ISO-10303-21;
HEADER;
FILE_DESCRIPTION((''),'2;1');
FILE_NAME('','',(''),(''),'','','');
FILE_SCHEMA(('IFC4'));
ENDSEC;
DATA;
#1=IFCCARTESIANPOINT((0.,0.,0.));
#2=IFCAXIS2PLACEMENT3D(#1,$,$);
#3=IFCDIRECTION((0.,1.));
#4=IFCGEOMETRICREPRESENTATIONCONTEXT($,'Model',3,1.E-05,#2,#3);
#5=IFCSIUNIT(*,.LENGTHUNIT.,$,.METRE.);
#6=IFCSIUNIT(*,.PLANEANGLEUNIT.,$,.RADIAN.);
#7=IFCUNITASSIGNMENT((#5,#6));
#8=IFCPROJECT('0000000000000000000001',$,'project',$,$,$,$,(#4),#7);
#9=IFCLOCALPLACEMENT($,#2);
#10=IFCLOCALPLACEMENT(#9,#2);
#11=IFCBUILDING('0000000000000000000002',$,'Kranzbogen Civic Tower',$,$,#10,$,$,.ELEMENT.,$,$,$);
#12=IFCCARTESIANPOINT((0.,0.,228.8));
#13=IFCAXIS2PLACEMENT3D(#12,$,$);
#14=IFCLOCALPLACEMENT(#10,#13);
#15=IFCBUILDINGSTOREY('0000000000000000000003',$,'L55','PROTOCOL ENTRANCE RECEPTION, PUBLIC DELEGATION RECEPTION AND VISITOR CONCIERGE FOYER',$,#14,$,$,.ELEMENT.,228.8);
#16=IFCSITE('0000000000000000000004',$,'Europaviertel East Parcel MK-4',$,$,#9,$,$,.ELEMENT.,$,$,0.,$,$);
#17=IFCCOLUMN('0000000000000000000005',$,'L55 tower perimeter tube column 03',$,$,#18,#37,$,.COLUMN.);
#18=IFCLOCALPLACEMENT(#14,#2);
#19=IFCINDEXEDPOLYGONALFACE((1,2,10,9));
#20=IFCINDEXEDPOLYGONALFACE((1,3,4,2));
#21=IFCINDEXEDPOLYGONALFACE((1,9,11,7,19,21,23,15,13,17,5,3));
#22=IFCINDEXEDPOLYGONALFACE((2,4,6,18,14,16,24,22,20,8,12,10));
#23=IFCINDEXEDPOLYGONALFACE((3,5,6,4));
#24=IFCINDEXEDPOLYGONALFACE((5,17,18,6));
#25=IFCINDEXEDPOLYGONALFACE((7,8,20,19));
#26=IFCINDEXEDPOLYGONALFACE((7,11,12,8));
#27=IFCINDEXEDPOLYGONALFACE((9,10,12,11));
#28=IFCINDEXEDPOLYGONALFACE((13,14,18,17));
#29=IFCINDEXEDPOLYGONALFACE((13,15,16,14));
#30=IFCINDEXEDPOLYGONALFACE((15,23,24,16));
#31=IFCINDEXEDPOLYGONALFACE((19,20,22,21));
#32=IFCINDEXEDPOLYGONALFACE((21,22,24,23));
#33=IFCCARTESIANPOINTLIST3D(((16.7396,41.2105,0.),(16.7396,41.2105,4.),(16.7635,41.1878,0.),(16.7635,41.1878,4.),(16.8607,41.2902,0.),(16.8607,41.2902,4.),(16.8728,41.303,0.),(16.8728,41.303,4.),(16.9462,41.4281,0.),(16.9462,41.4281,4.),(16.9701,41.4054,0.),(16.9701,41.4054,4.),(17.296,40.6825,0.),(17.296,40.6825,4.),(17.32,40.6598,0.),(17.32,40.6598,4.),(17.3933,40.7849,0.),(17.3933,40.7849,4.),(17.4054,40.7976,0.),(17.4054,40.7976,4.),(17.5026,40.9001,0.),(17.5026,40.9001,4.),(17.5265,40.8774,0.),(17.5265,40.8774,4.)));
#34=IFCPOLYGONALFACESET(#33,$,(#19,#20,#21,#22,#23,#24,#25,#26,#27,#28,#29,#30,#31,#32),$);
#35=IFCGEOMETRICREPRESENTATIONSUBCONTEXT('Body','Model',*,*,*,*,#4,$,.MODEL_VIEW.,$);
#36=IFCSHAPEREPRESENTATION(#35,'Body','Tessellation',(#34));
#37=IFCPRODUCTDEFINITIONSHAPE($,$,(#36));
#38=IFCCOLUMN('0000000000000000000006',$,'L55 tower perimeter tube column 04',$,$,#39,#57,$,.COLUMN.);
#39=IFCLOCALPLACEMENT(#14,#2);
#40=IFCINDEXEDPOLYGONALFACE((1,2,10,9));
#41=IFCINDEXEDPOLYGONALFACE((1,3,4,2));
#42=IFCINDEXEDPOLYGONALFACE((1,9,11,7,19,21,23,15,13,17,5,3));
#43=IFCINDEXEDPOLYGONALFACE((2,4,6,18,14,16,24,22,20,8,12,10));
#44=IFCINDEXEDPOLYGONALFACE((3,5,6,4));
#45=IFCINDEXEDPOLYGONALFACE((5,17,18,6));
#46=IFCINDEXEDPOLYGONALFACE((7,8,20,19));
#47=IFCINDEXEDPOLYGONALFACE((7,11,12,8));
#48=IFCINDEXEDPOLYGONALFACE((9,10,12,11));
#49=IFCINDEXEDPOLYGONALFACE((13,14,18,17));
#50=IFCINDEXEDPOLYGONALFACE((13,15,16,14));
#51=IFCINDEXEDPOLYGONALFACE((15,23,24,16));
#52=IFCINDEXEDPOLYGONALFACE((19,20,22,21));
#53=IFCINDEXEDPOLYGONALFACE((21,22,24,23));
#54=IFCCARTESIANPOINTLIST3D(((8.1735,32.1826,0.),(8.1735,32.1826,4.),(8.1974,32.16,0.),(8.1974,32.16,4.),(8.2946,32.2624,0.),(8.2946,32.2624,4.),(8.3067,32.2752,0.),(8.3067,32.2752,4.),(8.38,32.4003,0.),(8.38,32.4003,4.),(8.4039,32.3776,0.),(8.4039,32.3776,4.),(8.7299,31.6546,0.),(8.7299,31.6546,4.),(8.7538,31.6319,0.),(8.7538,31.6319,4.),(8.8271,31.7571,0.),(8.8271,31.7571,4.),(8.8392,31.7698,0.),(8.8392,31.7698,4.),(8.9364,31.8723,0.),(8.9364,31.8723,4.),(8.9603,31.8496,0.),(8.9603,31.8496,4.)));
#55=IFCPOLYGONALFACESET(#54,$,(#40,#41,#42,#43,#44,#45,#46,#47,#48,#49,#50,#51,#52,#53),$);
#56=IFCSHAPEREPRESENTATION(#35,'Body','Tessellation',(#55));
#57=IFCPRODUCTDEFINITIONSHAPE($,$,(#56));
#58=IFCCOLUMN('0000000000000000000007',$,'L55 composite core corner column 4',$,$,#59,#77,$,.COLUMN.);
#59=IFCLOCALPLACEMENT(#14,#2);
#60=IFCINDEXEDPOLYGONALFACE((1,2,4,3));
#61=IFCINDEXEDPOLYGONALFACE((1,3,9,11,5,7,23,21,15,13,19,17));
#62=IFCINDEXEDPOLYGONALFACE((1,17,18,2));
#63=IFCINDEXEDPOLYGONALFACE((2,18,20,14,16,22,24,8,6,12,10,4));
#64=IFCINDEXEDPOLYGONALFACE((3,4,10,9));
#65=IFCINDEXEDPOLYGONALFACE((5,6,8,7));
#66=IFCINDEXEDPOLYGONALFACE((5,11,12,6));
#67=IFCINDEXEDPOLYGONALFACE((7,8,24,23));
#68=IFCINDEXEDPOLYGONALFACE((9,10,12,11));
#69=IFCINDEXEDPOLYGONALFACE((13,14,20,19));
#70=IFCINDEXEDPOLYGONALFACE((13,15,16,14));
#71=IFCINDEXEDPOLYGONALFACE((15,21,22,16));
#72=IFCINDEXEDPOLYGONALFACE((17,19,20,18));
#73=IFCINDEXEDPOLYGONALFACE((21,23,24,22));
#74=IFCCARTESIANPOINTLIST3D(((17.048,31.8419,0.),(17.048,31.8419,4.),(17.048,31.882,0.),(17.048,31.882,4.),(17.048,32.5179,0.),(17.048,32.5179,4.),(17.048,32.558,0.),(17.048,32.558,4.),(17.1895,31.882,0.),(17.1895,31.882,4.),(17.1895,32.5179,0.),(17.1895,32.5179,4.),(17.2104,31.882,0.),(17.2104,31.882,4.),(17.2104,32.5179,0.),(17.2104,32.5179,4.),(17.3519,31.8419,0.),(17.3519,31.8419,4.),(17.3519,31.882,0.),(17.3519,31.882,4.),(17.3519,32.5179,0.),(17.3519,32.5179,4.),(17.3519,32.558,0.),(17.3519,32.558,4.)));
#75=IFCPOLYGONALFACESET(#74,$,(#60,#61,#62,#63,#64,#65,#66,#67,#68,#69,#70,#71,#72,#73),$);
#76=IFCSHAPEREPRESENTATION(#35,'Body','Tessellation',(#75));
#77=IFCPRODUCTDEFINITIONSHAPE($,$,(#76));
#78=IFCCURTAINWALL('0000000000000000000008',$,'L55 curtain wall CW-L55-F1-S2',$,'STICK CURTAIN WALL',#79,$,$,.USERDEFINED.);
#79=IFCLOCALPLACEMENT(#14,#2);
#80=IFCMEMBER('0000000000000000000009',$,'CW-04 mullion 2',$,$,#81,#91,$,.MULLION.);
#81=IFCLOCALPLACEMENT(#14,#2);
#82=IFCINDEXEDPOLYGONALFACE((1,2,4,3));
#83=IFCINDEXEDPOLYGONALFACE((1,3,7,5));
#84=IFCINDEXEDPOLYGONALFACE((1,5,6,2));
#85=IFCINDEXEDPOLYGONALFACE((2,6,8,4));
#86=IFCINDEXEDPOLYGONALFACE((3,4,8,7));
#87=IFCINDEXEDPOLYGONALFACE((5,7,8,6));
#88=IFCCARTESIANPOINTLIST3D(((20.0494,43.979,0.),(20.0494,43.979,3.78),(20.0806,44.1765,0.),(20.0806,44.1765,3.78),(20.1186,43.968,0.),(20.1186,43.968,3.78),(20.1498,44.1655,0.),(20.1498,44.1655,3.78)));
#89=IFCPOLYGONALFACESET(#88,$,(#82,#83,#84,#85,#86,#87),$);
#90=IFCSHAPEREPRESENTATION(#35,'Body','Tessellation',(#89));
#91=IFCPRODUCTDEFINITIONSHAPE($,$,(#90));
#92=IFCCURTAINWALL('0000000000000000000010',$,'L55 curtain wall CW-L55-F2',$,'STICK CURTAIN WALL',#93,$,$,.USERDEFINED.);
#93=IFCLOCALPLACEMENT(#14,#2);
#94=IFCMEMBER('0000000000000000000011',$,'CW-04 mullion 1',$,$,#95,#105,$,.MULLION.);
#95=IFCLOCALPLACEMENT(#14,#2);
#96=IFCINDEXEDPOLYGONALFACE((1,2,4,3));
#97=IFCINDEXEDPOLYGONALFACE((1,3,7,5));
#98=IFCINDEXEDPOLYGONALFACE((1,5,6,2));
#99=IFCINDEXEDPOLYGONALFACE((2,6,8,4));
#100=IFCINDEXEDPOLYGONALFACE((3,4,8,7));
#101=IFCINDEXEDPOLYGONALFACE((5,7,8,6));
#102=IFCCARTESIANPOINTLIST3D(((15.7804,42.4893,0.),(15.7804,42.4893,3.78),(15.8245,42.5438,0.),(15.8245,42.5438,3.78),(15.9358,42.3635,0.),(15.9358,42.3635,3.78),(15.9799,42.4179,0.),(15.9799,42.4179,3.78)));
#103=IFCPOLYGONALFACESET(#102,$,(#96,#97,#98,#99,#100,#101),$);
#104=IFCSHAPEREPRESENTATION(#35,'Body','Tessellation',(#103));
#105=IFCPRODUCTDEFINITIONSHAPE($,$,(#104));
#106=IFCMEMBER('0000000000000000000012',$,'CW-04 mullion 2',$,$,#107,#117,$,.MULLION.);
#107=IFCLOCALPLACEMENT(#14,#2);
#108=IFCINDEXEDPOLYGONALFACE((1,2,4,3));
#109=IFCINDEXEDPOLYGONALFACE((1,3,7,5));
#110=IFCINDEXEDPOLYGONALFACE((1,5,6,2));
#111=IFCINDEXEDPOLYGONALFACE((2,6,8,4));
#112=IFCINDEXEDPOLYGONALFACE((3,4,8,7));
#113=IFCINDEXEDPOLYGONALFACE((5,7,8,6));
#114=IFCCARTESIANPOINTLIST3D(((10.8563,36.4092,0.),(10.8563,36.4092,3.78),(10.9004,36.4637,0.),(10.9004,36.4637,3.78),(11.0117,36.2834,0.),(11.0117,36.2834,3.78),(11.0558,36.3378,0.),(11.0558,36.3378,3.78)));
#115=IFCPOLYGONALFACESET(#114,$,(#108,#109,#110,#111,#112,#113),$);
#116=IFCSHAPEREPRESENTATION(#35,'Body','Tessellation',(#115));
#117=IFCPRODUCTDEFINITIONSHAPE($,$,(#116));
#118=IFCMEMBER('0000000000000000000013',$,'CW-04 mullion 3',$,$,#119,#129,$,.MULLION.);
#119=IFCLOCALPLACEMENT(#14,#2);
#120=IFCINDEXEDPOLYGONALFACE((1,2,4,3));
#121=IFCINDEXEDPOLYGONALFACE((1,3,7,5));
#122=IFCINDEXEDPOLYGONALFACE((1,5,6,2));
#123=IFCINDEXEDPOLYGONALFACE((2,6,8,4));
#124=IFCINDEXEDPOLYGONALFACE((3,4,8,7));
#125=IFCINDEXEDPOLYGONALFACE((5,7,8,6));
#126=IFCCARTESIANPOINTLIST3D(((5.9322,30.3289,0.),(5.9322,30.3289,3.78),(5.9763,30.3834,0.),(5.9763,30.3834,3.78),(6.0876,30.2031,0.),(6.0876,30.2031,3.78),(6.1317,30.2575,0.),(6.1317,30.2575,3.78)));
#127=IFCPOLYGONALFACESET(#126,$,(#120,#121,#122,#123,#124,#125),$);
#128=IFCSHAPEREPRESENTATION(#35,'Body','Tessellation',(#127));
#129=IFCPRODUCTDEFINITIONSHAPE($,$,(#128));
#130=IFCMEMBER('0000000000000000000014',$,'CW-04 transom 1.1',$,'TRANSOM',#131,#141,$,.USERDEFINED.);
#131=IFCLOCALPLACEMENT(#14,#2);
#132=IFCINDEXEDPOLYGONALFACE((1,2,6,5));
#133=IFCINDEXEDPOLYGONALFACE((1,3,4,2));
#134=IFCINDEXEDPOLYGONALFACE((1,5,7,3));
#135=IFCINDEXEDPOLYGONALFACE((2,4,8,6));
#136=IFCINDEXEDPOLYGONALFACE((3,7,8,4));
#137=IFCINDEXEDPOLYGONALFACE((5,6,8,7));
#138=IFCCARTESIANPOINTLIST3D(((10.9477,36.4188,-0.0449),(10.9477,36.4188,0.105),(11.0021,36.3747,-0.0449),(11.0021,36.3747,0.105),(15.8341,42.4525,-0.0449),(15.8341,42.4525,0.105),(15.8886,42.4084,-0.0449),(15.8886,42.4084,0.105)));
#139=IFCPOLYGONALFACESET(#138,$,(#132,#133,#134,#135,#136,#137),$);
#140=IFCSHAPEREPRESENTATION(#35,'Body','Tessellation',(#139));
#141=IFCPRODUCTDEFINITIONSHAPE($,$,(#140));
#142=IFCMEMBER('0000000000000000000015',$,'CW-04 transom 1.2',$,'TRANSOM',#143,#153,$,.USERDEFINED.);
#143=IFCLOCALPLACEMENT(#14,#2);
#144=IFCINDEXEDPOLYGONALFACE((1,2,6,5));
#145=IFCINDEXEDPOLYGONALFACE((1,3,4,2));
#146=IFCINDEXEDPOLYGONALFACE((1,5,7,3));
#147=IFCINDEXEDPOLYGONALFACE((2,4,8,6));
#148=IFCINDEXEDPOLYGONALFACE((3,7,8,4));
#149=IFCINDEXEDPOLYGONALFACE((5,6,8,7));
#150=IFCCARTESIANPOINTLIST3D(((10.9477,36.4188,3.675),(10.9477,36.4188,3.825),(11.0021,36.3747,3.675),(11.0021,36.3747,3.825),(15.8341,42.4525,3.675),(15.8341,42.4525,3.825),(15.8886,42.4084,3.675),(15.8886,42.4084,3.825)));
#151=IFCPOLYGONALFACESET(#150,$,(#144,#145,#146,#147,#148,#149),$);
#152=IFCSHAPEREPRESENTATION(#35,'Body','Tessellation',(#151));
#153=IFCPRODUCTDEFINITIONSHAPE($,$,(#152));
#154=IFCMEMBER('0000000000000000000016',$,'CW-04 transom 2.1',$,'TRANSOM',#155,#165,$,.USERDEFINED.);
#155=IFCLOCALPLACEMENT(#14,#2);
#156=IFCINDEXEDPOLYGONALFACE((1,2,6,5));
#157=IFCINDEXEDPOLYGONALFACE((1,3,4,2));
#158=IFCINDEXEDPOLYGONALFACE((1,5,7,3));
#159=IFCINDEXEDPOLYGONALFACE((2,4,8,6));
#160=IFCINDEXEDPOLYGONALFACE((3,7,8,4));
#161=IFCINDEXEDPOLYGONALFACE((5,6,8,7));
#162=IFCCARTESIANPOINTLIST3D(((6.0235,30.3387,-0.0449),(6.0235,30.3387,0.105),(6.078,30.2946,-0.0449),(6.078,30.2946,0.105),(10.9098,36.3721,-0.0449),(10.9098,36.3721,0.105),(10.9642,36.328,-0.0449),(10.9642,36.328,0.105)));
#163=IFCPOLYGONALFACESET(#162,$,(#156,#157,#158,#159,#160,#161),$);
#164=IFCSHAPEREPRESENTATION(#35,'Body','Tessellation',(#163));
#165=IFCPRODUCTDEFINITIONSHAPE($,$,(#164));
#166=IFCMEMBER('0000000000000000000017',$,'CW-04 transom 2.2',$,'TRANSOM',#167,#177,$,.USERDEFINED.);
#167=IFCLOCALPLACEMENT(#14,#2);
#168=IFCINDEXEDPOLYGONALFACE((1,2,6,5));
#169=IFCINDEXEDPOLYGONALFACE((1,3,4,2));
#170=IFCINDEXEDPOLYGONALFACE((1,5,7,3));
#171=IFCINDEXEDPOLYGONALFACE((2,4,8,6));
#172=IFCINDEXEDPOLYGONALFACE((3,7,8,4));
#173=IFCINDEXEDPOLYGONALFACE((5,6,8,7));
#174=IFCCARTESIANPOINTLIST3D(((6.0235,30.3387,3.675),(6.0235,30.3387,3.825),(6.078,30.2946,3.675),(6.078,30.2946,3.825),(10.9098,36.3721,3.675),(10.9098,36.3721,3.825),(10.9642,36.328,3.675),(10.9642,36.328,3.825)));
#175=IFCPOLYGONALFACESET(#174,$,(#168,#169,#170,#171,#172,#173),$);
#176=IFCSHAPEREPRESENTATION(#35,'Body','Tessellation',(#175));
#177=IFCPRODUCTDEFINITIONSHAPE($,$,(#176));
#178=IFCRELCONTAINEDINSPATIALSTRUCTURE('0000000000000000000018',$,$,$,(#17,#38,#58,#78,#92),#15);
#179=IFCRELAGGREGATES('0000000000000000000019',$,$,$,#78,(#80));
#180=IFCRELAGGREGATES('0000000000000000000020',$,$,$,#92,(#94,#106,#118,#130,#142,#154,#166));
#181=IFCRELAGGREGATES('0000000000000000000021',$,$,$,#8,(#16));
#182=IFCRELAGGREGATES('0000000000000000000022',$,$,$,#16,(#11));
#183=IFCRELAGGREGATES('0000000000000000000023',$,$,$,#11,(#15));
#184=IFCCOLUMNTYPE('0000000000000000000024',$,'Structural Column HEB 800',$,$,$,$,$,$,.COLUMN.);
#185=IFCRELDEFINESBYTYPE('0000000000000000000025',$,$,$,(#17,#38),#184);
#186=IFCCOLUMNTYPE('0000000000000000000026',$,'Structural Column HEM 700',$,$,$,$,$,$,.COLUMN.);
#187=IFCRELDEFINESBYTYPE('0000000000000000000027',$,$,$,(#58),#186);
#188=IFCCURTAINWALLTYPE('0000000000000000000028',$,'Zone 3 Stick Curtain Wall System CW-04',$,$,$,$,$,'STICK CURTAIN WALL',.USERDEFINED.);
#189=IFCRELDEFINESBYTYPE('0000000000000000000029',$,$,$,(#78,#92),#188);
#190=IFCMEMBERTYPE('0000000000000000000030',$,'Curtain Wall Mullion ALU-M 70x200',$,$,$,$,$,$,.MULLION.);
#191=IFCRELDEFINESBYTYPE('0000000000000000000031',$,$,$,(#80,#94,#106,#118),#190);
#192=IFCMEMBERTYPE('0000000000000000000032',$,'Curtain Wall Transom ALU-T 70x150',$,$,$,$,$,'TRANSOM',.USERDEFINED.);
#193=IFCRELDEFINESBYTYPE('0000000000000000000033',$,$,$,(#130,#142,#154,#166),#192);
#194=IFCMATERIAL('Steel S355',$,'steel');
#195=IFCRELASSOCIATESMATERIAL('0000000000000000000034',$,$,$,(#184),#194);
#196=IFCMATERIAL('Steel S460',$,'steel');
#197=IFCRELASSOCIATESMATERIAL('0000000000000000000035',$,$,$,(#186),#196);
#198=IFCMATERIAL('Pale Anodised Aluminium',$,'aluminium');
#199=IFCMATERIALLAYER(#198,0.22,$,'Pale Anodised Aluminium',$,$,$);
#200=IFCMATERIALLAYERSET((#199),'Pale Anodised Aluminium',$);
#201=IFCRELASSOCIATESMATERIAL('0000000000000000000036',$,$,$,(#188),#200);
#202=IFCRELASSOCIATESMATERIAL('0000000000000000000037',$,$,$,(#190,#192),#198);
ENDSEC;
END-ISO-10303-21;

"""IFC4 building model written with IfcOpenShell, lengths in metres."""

from ifc_helpers import new_model, si_unit, direction, frame, origin, origin_2d, place, context, subcontext, project, spatial, rectangle, i_section, extrude, material, layer, layer_set, material_profile, profile_set, type_object, element, aggregate, save


model = new_model("IFC4")

# Units and contexts
model_context = context("Model", 3, precision=1e-05, world=origin(), true_north=direction((0.0, 1.0)))
body_context = subcontext(model_context, "Body", "Model", "MODEL_VIEW")
ifc_project = project(units=[si_unit("LENGTHUNIT", "METRE"), si_unit("PLANEANGLEUNIT", "RADIAN")], contexts=[model_context])

# Site, building, storey
site_placement = place(None, origin())
site = spatial("IfcSite", under=ifc_project, at=site_placement, Name="Europaviertel East Parcel MK-4", CompositionType="ELEMENT", RefElevation=0.0)
building_placement = place(site_placement, origin())
building = spatial("IfcBuilding", under=site, at=building_placement, Name="Kranzbogen Civic Tower", CompositionType="ELEMENT")
storey_placement = place(building_placement, frame((0.0, 0.0, 228.8)))
storey = spatial("IfcBuildingStorey", under=building, at=storey_placement, Name="L55", Description="PROTOCOL ENTRANCE RECEPTION, PUBLIC DELEGATION RECEPTION AND VISITOR CONCIERGE FOYER", CompositionType="ELEMENT", Elevation=228.8)

# Columns
ifc_material_1 = material(Name="Steel S355", Category="steel")
ifc_material_profile_1 = material_profile(ifc_material_1, i_section(OverallWidth=0.3, OverallDepth=0.8, WebThickness=0.0176, FlangeThickness=0.033, at=origin_2d()), Name="HEB 800")
ifc_profile_set_1 = profile_set([ifc_material_profile_1], Name="Steel S355")
column_type_1 = type_object("IfcColumnType", Name="Structural Column HEB 800", PredefinedType="COLUMN", material=ifc_profile_set_1)
for number, where, z_axis, x_axis, name in (
    (1, (17.1331, 41.0439, 0.0), (0.0, 0.0, 1.0), (0.688355, 0.725374, 0.0), "L55 tower perimeter tube column 03"),
    (2, (8.5669, 32.0161, 0.0), (0.0, 0.0, 1.0), (0.688355, 0.725374, 0.0), "L55 tower perimeter tube column 04"),
):
    element("IfcColumn", number, at=place(storey_placement, frame(where, z_axis=z_axis, x_axis=x_axis)), inside=storey, type_object=column_type_1, Name=name, PredefinedType="COLUMN", context=body_context, shape_type="SweptSolid", body=[
        extrude(i_section(OverallWidth=0.3, OverallDepth=0.8, WebThickness=0.0176, FlangeThickness=0.033, at=origin_2d()), origin(), (0.0, 0.0, 1.0), 4.0),
    ])
ifc_material_2 = material(Name="Steel S460", Category="steel")
ifc_material_profile_2 = material_profile(ifc_material_2, i_section(OverallWidth=0.304, OverallDepth=0.7161, WebThickness=0.021, FlangeThickness=0.04, at=origin_2d()), Name="HEM 700")
ifc_profile_set_2 = profile_set([ifc_material_profile_2], Name="Steel S460")
column_type_2 = type_object("IfcColumnType", Name="Structural Column HEM 700", PredefinedType="COLUMN", material=ifc_profile_set_2)
column_placement = place(storey_placement, frame((17.2, 32.2, 0.0), z_axis=(0.0, 0.0, 1.0), x_axis=(1.0, 0.0, 0.0)))
element("IfcColumn", 3, at=column_placement, inside=storey, type_object=column_type_2, Name="L55 composite core corner column 4", PredefinedType="COLUMN", context=body_context, shape_type="SweptSolid", body=[
    extrude(i_section(OverallWidth=0.304, OverallDepth=0.7161, WebThickness=0.021, FlangeThickness=0.04, at=origin_2d()), origin(), (0.0, 0.0, 1.0), 4.0),
])

# Curtain wall, member
ifc_material_3 = material(Name="Pale Anodised Aluminium", Category="aluminium")
ifc_layer_1 = layer(ifc_material_3, 0.22, Name="Pale Anodised Aluminium")
ifc_layer_set_1 = layer_set([ifc_layer_1], Name="Pale Anodised Aluminium")
curtain_wall_type = type_object("IfcCurtainWallType", Name="Zone 3 Stick Curtain Wall System CW-04", ElementType="STICK CURTAIN WALL", PredefinedType="USERDEFINED", material=ifc_layer_set_1)
curtain_wall_1_placement = place(storey_placement, origin())
curtain_wall_1 = element("IfcCurtainWall", 4, at=curtain_wall_1_placement, inside=storey, type_object=curtain_wall_type, Name="L55 curtain wall CW-L55-F1-S2", ObjectType="STICK CURTAIN WALL", PredefinedType="USERDEFINED")
ifc_material_profile_3 = material_profile(ifc_material_3, rectangle(XDim=0.0701, YDim=0.2, at=origin_2d()), Name="ALU-M 70x200")
ifc_profile_set_3 = profile_set([ifc_material_profile_3], Name="Pale Anodised Aluminium")
member_type_1 = type_object("IfcMemberType", Name="Curtain Wall Mullion ALU-M 70x200", PredefinedType="MULLION", material=ifc_profile_set_3)
member_1_placement = place(storey_placement, frame((20.0996, 44.0723, 0.0), z_axis=(0.0, 0.0, 1.0), x_axis=(-0.987709, 0.156302, 0.0)))
member_1 = element("IfcMember", 5, at=member_1_placement, type_object=member_type_1, Name="CW-04 mullion 2", PredefinedType="MULLION", context=body_context, shape_type="SweptSolid", body=[
    extrude(rectangle(XDim=0.0701, YDim=0.2, at=origin_2d()), origin(), (0.0, 0.0, 1.0), 3.78),
])
aggregate(curtain_wall_1, [member_1])

# Curtain wall, members
curtain_wall_2_placement = place(storey_placement, origin())
curtain_wall_2 = element("IfcCurtainWall", 6, at=curtain_wall_2_placement, inside=storey, type_object=curtain_wall_type, Name="L55 curtain wall CW-L55-F2", ObjectType="STICK CURTAIN WALL", PredefinedType="USERDEFINED")
member_2_placement = place(storey_placement, frame((15.8801, 42.4536, 0.0), z_axis=(0.0, 0.0, 1.0), x_axis=(-0.629358, -0.777116, 0.0)))
member_2 = element("IfcMember", 7, at=member_2_placement, type_object=member_type_1, Name="CW-04 mullion 1", PredefinedType="MULLION", context=body_context, shape_type="SweptSolid", body=[
    extrude(rectangle(XDim=0.0701, YDim=0.2, at=origin_2d()), origin(), (0.0, 0.0, 1.0), 3.78),
])
member_3_placement = place(storey_placement, frame((10.9561, 36.3735, 0.0), z_axis=(0.0, 0.0, 1.0), x_axis=(-0.629358, -0.777116, 0.0)))
member_3 = element("IfcMember", 8, at=member_3_placement, type_object=member_type_1, Name="CW-04 mullion 2", PredefinedType="MULLION", context=body_context, shape_type="SweptSolid", body=[
    extrude(rectangle(XDim=0.0701, YDim=0.2, at=origin_2d()), origin(), (0.0, 0.0, 1.0), 3.78),
])
member_4_placement = place(storey_placement, frame((6.032, 30.2932, 0.0), z_axis=(0.0, 0.0, 1.0), x_axis=(-0.629358, -0.777116, 0.0)))
member_4 = element("IfcMember", 9, at=member_4_placement, type_object=member_type_1, Name="CW-04 mullion 3", PredefinedType="MULLION", context=body_context, shape_type="SweptSolid", body=[
    extrude(rectangle(XDim=0.0701, YDim=0.2, at=origin_2d()), origin(), (0.0, 0.0, 1.0), 3.78),
])
ifc_material_profile_4 = material_profile(ifc_material_3, rectangle(XDim=0.0701, YDim=0.1499, at=origin_2d()), Name="ALU-T 70x150")
ifc_profile_set_4 = profile_set([ifc_material_profile_4], Name="Pale Anodised Aluminium")
member_type_2 = type_object("IfcMemberType", Name="Curtain Wall Transom ALU-T 70x150", ElementType="TRANSOM", PredefinedType="USERDEFINED", material=ifc_profile_set_4)
member_5_placement = place(storey_placement, frame((15.8613, 42.4304, 0.03), z_axis=(-0.629358, -0.777115, 0.0), x_axis=(0.777115, -0.629358, 0.0)))
member_5 = element("IfcMember", 10, at=member_5_placement, type_object=member_type_2, Name="CW-04 transom 1.1", ObjectType="TRANSOM", PredefinedType="USERDEFINED", context=body_context, shape_type="SweptSolid", body=[
    extrude(rectangle(XDim=0.0701, YDim=0.1499, at=origin_2d()), origin(), (0.0, 0.0, 1.0), 7.7642),
])
member_6_placement = place(storey_placement, frame((15.8613, 42.4304, 3.75), z_axis=(-0.629358, -0.777115, 0.0), x_axis=(0.777115, -0.629358, 0.0)))
member_6 = element("IfcMember", 11, at=member_6_placement, type_object=member_type_2, Name="CW-04 transom 1.2", ObjectType="TRANSOM", PredefinedType="USERDEFINED", context=body_context, shape_type="SweptSolid", body=[
    extrude(rectangle(XDim=0.0701, YDim=0.1499, at=origin_2d()), origin(), (0.0, 0.0, 1.0), 7.7642),
])
member_7_placement = place(storey_placement, frame((10.937, 36.3501, 0.03), z_axis=(-0.629355, -0.777118, 0.0), x_axis=(0.777118, -0.629355, 0.0)))
member_7 = element("IfcMember", 12, at=member_7_placement, type_object=member_type_2, Name="CW-04 transom 2.1", ObjectType="TRANSOM", PredefinedType="USERDEFINED", context=body_context, shape_type="SweptSolid", body=[
    extrude(rectangle(XDim=0.0701, YDim=0.1499, at=origin_2d()), origin(), (0.0, 0.0, 1.0), 7.7639),
])
member_8_placement = place(storey_placement, frame((10.937, 36.3501, 3.75), z_axis=(-0.629355, -0.777118, 0.0), x_axis=(0.777118, -0.629355, 0.0)))
member_8 = element("IfcMember", 13, at=member_8_placement, type_object=member_type_2, Name="CW-04 transom 2.2", ObjectType="TRANSOM", PredefinedType="USERDEFINED", context=body_context, shape_type="SweptSolid", body=[
    extrude(rectangle(XDim=0.0701, YDim=0.1499, at=origin_2d()), origin(), (0.0, 0.0, 1.0), 7.7639),
])

aggregate(curtain_wall_2, [member_2, member_3, member_4, member_5, member_6, member_7, member_8])

save(model, "model.ifc")
